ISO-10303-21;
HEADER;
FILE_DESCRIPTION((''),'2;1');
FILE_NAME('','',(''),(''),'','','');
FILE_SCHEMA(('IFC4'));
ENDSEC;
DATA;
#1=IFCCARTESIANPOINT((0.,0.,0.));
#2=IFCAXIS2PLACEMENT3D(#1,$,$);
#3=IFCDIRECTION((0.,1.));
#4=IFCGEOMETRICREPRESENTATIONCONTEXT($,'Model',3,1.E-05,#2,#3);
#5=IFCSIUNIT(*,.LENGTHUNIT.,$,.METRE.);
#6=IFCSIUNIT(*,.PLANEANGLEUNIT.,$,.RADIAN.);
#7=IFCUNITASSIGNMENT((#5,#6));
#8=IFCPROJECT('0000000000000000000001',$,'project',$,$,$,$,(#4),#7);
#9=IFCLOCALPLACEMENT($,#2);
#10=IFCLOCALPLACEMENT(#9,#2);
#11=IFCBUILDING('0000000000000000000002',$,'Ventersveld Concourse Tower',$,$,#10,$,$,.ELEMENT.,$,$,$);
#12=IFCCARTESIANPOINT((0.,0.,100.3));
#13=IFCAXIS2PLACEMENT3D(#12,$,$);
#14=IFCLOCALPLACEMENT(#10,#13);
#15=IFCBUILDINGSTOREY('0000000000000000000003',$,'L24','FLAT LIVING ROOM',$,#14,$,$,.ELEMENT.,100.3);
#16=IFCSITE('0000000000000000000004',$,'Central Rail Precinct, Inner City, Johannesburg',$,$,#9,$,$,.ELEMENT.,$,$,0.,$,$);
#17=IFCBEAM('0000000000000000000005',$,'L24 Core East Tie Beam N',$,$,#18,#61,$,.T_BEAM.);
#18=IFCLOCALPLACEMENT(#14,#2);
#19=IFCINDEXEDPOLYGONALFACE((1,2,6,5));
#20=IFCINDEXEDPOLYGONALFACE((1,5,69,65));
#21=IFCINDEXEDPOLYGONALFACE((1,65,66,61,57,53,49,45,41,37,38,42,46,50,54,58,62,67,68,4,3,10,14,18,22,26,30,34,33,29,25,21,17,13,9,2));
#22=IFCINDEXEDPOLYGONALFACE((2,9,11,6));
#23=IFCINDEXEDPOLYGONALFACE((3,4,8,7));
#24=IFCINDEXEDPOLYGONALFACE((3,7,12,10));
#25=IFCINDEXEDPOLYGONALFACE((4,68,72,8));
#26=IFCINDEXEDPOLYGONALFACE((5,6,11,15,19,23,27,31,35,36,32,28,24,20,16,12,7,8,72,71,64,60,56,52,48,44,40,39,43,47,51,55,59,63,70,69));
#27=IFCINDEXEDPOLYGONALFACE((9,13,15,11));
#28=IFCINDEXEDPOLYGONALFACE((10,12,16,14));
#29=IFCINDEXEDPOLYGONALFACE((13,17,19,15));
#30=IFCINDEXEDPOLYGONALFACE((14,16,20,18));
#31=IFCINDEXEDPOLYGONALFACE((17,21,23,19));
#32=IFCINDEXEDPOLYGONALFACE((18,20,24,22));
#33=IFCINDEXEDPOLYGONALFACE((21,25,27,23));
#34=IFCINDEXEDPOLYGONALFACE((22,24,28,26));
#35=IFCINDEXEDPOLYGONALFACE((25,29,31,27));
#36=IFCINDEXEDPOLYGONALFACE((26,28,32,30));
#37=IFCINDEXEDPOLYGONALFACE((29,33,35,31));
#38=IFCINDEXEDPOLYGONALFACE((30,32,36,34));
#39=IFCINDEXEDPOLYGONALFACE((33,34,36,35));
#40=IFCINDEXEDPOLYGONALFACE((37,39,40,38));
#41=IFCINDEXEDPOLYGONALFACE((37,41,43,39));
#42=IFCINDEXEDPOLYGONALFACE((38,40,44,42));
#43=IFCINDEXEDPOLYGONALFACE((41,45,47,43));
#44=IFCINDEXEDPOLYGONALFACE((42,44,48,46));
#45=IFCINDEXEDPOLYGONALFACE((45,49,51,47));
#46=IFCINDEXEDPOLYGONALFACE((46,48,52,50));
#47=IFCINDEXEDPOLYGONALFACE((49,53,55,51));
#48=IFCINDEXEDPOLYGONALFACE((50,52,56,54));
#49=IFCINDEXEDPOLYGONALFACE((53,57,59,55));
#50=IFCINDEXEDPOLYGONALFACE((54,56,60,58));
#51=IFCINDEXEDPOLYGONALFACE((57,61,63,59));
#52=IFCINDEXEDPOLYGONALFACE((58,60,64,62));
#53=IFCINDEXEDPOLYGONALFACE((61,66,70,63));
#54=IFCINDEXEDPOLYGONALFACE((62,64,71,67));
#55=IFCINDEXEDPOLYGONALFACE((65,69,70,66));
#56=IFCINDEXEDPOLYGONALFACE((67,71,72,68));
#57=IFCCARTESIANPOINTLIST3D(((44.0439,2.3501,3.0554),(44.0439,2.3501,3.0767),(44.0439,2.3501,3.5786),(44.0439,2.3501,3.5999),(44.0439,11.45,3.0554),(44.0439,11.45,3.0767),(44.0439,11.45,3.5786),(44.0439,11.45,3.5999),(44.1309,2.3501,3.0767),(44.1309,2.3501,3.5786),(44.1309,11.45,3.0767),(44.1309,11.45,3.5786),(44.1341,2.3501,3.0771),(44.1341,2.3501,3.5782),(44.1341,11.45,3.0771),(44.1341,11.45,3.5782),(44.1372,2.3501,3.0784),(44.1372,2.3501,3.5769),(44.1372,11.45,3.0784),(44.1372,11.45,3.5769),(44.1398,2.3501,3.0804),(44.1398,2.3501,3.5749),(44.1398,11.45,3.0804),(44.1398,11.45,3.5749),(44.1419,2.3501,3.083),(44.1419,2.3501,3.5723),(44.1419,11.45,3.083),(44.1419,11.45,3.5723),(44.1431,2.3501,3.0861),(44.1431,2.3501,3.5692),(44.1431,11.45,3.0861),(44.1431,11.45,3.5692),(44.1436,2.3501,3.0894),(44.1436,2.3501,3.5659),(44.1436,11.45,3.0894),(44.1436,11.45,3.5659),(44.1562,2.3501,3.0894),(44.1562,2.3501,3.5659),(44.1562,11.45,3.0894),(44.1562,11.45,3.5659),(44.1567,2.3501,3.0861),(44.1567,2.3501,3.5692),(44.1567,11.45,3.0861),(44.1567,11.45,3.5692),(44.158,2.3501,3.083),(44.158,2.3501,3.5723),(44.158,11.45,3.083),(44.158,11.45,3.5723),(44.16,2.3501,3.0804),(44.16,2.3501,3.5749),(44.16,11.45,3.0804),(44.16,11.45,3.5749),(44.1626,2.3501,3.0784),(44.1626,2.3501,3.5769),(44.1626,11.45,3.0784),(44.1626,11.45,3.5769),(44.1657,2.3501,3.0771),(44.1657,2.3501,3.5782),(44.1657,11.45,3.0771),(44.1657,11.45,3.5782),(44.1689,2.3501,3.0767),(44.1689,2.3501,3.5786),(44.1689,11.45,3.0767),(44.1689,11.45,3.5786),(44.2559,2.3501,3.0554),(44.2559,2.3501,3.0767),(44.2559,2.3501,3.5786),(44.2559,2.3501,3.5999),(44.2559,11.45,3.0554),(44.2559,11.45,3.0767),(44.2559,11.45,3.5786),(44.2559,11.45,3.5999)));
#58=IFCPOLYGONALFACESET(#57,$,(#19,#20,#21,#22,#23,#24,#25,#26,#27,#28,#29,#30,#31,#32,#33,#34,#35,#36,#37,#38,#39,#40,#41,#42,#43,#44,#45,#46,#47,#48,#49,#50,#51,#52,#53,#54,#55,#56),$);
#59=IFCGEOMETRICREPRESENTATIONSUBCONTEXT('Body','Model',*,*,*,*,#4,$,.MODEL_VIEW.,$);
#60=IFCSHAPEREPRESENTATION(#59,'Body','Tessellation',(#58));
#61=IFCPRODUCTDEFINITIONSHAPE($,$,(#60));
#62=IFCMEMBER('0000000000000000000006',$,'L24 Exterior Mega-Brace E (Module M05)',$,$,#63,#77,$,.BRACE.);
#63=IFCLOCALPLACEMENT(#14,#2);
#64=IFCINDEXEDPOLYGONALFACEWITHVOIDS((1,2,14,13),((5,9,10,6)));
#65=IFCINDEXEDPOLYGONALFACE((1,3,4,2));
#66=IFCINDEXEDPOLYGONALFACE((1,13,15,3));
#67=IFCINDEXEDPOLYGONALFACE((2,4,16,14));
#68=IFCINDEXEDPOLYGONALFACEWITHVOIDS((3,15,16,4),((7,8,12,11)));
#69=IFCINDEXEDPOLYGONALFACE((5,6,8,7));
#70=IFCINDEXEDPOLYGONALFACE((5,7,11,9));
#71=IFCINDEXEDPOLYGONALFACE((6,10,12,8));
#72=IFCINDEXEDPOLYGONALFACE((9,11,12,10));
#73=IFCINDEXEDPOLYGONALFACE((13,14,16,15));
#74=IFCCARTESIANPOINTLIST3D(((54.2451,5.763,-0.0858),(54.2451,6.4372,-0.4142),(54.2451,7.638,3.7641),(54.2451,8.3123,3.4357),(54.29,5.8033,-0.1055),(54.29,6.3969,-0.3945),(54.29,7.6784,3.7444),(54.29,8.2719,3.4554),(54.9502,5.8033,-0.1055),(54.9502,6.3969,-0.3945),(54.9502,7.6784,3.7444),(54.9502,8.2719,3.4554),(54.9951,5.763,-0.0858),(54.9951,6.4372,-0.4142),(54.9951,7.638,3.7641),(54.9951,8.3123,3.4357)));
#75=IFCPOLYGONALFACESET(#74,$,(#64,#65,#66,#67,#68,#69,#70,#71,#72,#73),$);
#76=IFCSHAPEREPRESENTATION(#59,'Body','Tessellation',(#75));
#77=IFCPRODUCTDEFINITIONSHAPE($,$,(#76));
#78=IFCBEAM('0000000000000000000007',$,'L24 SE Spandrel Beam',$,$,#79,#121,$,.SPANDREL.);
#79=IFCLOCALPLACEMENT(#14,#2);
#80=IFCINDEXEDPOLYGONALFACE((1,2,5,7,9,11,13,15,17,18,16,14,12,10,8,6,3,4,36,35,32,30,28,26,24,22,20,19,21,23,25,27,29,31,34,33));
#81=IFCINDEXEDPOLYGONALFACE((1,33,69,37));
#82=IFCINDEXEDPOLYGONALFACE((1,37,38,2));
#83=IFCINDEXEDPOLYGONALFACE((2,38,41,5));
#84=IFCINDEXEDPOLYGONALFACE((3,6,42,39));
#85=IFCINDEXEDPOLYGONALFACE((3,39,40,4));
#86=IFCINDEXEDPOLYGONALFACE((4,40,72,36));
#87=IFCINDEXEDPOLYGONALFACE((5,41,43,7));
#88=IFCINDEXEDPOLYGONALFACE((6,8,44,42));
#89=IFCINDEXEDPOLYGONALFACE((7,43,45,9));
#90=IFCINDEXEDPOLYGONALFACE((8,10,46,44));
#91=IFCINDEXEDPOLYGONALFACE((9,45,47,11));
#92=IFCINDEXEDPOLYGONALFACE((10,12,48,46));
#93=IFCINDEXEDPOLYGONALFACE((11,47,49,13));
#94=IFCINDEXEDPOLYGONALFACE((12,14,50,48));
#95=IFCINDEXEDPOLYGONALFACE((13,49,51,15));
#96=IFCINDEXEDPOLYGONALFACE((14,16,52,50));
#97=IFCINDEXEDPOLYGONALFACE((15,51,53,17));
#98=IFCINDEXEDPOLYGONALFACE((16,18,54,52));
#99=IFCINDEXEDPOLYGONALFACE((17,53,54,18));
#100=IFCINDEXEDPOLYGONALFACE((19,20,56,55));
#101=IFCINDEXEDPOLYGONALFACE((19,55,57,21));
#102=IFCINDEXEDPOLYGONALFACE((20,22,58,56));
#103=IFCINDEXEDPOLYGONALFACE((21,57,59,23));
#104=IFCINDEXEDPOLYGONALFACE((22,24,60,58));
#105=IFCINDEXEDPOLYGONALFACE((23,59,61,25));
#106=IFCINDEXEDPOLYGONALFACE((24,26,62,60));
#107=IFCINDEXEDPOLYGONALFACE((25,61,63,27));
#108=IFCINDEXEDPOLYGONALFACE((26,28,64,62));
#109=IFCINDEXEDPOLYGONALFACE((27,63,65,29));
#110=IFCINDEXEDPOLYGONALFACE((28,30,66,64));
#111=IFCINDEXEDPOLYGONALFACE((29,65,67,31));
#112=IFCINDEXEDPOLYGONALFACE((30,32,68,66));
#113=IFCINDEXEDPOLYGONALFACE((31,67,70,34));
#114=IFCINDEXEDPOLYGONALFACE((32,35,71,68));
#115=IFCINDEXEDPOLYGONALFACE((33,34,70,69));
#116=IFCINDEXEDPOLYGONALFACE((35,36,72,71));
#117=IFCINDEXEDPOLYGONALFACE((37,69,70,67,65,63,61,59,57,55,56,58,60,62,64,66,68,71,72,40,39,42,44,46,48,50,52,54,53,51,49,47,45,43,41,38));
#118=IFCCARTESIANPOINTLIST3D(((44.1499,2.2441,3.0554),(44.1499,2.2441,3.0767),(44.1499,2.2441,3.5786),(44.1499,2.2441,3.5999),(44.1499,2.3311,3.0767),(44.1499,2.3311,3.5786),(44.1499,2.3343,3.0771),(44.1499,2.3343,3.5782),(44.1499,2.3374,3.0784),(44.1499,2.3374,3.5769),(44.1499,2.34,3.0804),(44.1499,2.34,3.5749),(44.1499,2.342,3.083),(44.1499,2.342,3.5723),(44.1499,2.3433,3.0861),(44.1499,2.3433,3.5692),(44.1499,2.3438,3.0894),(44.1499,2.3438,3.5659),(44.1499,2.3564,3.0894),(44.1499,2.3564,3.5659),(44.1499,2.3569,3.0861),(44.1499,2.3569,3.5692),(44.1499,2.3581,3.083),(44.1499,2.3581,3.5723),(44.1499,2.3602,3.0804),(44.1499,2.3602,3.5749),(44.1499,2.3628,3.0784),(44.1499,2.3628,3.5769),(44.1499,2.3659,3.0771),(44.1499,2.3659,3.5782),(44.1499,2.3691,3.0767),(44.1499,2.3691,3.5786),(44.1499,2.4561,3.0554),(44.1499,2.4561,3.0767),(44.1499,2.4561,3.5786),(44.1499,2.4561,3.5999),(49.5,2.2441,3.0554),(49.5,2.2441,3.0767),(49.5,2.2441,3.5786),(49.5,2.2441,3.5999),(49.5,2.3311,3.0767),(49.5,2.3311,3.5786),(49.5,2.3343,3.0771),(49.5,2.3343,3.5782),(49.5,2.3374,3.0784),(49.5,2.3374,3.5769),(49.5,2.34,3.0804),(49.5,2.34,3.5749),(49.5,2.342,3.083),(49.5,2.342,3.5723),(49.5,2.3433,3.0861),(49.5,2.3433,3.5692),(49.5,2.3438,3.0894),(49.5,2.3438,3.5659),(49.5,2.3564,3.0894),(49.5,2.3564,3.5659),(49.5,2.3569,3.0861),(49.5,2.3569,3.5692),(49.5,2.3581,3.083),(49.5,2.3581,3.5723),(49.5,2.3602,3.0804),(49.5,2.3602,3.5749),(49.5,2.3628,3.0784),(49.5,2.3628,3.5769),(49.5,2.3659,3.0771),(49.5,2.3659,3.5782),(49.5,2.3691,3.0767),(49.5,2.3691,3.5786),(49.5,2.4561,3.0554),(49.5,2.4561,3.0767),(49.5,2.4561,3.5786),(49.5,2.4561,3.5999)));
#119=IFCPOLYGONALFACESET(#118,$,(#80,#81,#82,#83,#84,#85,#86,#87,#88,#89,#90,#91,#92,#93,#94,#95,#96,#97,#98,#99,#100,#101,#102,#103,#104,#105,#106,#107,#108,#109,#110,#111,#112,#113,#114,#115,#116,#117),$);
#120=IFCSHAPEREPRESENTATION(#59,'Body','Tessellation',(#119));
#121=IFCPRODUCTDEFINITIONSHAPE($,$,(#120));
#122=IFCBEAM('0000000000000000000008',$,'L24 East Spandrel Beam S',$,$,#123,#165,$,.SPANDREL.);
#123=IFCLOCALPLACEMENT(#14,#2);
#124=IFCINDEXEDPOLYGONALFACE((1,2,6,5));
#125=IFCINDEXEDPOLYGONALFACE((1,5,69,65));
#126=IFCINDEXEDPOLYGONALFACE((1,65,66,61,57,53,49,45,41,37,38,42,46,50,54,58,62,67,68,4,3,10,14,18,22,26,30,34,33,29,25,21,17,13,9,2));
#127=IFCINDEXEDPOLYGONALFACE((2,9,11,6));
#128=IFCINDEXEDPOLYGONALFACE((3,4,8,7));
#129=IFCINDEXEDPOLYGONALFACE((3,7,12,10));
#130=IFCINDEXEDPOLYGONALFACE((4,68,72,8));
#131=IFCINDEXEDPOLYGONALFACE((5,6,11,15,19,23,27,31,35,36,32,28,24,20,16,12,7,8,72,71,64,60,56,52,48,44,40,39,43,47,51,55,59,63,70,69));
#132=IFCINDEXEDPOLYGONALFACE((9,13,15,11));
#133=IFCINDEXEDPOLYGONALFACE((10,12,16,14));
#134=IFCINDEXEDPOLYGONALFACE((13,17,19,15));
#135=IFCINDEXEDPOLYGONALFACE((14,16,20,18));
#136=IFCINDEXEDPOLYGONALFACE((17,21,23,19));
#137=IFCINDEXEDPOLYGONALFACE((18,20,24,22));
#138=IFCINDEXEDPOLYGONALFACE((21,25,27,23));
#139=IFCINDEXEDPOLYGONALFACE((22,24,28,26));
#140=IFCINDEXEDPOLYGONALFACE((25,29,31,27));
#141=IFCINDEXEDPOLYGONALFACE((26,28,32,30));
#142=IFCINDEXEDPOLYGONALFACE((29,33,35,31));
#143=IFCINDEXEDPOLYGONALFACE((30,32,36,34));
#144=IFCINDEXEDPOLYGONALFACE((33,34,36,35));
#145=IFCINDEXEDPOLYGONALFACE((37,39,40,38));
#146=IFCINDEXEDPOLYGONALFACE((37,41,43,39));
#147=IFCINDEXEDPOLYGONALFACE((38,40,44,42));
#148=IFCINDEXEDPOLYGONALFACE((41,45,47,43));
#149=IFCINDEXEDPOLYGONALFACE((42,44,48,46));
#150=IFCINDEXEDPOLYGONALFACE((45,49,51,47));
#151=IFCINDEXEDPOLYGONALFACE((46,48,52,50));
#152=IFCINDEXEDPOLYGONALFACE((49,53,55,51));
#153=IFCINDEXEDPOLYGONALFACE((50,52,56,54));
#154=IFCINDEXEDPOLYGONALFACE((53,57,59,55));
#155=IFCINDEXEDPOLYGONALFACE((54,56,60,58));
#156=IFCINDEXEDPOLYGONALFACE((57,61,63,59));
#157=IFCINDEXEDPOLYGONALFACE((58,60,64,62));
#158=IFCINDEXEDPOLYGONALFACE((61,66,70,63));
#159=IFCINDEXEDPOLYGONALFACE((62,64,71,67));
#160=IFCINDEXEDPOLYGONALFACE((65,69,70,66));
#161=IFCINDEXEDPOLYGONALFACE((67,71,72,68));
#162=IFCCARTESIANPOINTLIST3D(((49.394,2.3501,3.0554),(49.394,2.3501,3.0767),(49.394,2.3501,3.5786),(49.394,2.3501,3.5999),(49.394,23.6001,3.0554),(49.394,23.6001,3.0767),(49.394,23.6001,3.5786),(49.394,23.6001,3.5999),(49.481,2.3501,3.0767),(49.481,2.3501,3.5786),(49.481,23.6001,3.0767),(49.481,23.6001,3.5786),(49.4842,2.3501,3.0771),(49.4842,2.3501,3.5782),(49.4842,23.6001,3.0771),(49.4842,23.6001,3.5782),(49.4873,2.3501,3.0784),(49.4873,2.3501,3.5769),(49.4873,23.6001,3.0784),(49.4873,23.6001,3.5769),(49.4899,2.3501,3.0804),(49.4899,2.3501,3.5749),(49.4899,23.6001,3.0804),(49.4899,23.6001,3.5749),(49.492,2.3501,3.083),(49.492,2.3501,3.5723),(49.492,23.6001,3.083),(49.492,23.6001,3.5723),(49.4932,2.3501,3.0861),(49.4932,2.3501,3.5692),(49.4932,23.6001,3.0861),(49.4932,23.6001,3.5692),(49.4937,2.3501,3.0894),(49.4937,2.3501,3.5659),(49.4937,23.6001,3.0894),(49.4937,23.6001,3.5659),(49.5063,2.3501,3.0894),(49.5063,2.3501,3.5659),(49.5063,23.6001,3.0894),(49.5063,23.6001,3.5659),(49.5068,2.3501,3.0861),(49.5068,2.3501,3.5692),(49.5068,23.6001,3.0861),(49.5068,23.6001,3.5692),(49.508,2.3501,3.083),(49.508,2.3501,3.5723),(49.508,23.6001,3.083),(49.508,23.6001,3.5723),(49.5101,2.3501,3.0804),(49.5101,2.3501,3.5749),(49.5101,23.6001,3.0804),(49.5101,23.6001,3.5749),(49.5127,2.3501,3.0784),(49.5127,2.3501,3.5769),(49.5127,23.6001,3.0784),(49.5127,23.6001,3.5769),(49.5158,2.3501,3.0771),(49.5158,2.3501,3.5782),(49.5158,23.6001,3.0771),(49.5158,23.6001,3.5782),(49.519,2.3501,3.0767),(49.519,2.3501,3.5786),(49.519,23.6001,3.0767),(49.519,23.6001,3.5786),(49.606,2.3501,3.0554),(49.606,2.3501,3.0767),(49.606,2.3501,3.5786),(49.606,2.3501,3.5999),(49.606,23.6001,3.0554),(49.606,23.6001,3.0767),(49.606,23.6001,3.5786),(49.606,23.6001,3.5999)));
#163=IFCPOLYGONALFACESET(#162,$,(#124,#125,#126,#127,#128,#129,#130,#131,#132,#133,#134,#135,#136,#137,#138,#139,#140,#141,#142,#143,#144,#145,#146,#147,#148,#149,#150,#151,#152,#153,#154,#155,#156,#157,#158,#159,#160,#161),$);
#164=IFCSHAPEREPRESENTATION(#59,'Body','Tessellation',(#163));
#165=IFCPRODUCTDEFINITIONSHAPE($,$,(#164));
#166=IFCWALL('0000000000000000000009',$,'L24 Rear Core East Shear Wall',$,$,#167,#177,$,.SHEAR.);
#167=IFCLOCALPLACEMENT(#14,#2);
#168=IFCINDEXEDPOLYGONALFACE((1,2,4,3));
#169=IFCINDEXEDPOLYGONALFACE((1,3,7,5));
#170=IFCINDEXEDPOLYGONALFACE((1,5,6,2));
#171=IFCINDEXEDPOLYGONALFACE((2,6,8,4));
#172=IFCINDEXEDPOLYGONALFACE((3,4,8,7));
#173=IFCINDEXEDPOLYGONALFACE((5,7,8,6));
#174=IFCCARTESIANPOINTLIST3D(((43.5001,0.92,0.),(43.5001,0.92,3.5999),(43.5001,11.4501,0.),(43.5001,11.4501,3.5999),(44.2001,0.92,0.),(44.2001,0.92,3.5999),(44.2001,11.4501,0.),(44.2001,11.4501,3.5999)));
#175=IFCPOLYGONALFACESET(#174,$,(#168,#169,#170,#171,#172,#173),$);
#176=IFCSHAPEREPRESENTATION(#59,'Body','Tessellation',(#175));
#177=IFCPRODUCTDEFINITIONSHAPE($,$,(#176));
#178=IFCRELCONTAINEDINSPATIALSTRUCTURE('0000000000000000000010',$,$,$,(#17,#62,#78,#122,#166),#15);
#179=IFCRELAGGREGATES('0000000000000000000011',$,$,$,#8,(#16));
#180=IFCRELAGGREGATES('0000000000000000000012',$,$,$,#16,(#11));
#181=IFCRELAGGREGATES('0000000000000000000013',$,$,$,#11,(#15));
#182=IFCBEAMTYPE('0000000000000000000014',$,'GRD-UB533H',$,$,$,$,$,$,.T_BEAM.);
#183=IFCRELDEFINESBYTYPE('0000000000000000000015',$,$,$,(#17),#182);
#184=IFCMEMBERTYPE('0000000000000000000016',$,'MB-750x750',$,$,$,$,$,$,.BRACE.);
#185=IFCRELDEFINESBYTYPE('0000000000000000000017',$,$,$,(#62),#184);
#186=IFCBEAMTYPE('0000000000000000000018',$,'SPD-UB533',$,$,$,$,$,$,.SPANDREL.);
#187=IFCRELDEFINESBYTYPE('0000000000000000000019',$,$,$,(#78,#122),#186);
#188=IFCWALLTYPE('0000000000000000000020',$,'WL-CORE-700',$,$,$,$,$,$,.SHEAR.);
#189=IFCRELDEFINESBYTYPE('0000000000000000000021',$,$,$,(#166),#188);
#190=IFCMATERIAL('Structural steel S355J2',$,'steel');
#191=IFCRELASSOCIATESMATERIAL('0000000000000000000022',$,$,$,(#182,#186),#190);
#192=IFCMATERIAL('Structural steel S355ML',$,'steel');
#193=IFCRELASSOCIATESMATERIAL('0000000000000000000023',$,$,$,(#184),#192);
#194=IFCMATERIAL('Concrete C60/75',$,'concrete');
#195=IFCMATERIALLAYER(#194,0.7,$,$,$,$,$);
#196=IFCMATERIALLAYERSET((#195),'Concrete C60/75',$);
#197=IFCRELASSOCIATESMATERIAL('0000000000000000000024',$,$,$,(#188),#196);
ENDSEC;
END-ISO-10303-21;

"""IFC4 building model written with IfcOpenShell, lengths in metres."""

from ifc_helpers import new_model, si_unit, direction, frame, frame_2d, origin, origin_2d, place, context, subcontext, project, spatial, rectangle, hollow_rectangle, i_section, extrude, material, layer, layer_set, material_profile, profile_set, type_object, element, save


model = new_model("IFC4")

# Units and contexts
model_context = context("Model", 3, precision=1e-05, world=origin(), true_north=direction((0.0, 1.0)))
body_context = subcontext(model_context, "Body", "Model", "MODEL_VIEW")
ifc_project = project(units=[si_unit("LENGTHUNIT", "METRE"), si_unit("PLANEANGLEUNIT", "RADIAN")], contexts=[model_context])

# Site, building, storey
site_placement = place(None, origin())
site = spatial("IfcSite", under=ifc_project, at=site_placement, Name="Central Rail Precinct, Inner City, Johannesburg", CompositionType="ELEMENT", RefElevation=0.0)
building_placement = place(site_placement, origin())
building = spatial("IfcBuilding", under=site, at=building_placement, Name="Ventersveld Concourse Tower", CompositionType="ELEMENT")
storey_placement = place(building_placement, frame((0.0, 0.0, 100.3)))
storey = spatial("IfcBuildingStorey", under=building, at=storey_placement, Name="L24", Description="FLAT LIVING ROOM", CompositionType="ELEMENT", Elevation=100.3)

# Beam
ifc_material_1 = material(Name="Structural steel S355J2", Category="steel")
ifc_material_profile_1 = material_profile(ifc_material_1, i_section(OverallWidth=0.2119, OverallDepth=0.5444, WebThickness=0.0127, FlangeThickness=0.0212, FilletRadius=0.0127, at=origin_2d()), Name="UB 533x210x122")
ifc_profile_set_1 = profile_set([ifc_material_profile_1], Name="Structural steel S355J2")
beam_type_1 = type_object("IfcBeamType", Name="GRD-UB533H", PredefinedType="T_BEAM", material=ifc_profile_set_1)
beam_1_placement = place(storey_placement, frame((44.1499, 2.3501, 3.3276), z_axis=(0.0, 1.0, 0.0), x_axis=(-1.0, 0.0, 0.0)))
element("IfcBeam", 1, at=beam_1_placement, inside=storey, type_object=beam_type_1, Name="L24 Core East Tie Beam N", PredefinedType="T_BEAM", context=body_context, shape_type="SweptSolid", body=[
    extrude(i_section(OverallWidth=0.2119, OverallDepth=0.5444, WebThickness=0.0127, FlangeThickness=0.0212, FilletRadius=0.0127, at=origin_2d()), origin(), (0.0, 0.0, 1.0), 9.0999),
])

# Member
ifc_material_2 = material(Name="Structural steel S355ML", Category="steel")
ifc_material_profile_2 = material_profile(ifc_material_2, hollow_rectangle(XDim=0.75, YDim=0.75, WallThickness=0.0449, at=origin_2d()), Name="BOX 750x750x45")
ifc_profile_set_2 = profile_set([ifc_material_profile_2], Name="Structural steel S355ML")
member_type = type_object("IfcMemberType", Name="MB-750x750", PredefinedType="BRACE", material=ifc_profile_set_2)
member_placement = place(storey_placement, frame((54.6201, 6.1001, -0.25), z_axis=(0.0, 0.437862, 0.899042), x_axis=(-1.0, 0.0, 0.0)))
element("IfcMember", 2, at=member_placement, inside=storey, type_object=member_type, Name="L24 Exterior Mega-Brace E (Module M05)", PredefinedType="BRACE", context=body_context, shape_type="SweptSolid", body=[
    extrude(hollow_rectangle(XDim=0.75, YDim=0.75, WallThickness=0.0449, at=origin_2d()), origin(), (0.0, 0.0, 1.0), 4.2822),
])

# Beams
ifc_material_profile_3 = material_profile(ifc_material_1, i_section(OverallWidth=0.2119, OverallDepth=0.5444, WebThickness=0.0127, FlangeThickness=0.0212, FilletRadius=0.0127, at=origin_2d()), Name="UB 533x210x122")
ifc_profile_set_3 = profile_set([ifc_material_profile_3], Name="Structural steel S355J2")
beam_type_2 = type_object("IfcBeamType", Name="SPD-UB533", PredefinedType="SPANDREL", material=ifc_profile_set_3)
beam_2_placement = place(storey_placement, frame((44.1499, 2.3501, 3.3276), z_axis=(1.0, 0.0, 0.0), x_axis=(0.0, 1.0, 0.0)))
element("IfcBeam", 3, at=beam_2_placement, inside=storey, type_object=beam_type_2, Name="L24 SE Spandrel Beam", PredefinedType="SPANDREL", context=body_context, shape_type="SweptSolid", body=[
    extrude(i_section(OverallWidth=0.2119, OverallDepth=0.5444, WebThickness=0.0127, FlangeThickness=0.0212, FilletRadius=0.0127, at=origin_2d()), origin(), (0.0, 0.0, 1.0), 5.3501),
])
beam_3_placement = place(storey_placement, frame((49.5, 2.3501, 3.3276), z_axis=(0.0, 1.0, 0.0), x_axis=(-1.0, 0.0, 0.0)))
element("IfcBeam", 4, at=beam_3_placement, inside=storey, type_object=beam_type_2, Name="L24 East Spandrel Beam S", PredefinedType="SPANDREL", context=body_context, shape_type="SweptSolid", body=[
    extrude(i_section(OverallWidth=0.2119, OverallDepth=0.5444, WebThickness=0.0127, FlangeThickness=0.0212, FilletRadius=0.0127, at=origin_2d()), origin(), (0.0, 0.0, 1.0), 21.25),
])

# Wall
ifc_material_3 = material(Name="Concrete C60/75", Category="concrete")
ifc_layer_1 = layer(ifc_material_3, 0.7)
ifc_layer_set_1 = layer_set([ifc_layer_1], Name="Concrete C60/75")
wall_type_1 = type_object("IfcWallType", Name="WL-CORE-700", PredefinedType="SHEAR", material=ifc_layer_set_1)
wall_1_placement = place(storey_placement, frame((43.8501, 0.9199, 0.0), z_axis=(0.0, 0.0, 1.0), x_axis=(0.0, 1.0, 0.0)))
element("IfcWall", 5, at=wall_1_placement, inside=storey, type_object=wall_type_1, Name="L24 Rear Core East Shear Wall", PredefinedType="SHEAR", context=body_context, shape_type="SweptSolid", body=[
    extrude(rectangle(XDim=10.53, YDim=0.7, at=frame_2d((5.2651, 0.0))), origin(), (0.0, 0.0, 1.0), 3.5999),
])

save(model, "model.ifc")
